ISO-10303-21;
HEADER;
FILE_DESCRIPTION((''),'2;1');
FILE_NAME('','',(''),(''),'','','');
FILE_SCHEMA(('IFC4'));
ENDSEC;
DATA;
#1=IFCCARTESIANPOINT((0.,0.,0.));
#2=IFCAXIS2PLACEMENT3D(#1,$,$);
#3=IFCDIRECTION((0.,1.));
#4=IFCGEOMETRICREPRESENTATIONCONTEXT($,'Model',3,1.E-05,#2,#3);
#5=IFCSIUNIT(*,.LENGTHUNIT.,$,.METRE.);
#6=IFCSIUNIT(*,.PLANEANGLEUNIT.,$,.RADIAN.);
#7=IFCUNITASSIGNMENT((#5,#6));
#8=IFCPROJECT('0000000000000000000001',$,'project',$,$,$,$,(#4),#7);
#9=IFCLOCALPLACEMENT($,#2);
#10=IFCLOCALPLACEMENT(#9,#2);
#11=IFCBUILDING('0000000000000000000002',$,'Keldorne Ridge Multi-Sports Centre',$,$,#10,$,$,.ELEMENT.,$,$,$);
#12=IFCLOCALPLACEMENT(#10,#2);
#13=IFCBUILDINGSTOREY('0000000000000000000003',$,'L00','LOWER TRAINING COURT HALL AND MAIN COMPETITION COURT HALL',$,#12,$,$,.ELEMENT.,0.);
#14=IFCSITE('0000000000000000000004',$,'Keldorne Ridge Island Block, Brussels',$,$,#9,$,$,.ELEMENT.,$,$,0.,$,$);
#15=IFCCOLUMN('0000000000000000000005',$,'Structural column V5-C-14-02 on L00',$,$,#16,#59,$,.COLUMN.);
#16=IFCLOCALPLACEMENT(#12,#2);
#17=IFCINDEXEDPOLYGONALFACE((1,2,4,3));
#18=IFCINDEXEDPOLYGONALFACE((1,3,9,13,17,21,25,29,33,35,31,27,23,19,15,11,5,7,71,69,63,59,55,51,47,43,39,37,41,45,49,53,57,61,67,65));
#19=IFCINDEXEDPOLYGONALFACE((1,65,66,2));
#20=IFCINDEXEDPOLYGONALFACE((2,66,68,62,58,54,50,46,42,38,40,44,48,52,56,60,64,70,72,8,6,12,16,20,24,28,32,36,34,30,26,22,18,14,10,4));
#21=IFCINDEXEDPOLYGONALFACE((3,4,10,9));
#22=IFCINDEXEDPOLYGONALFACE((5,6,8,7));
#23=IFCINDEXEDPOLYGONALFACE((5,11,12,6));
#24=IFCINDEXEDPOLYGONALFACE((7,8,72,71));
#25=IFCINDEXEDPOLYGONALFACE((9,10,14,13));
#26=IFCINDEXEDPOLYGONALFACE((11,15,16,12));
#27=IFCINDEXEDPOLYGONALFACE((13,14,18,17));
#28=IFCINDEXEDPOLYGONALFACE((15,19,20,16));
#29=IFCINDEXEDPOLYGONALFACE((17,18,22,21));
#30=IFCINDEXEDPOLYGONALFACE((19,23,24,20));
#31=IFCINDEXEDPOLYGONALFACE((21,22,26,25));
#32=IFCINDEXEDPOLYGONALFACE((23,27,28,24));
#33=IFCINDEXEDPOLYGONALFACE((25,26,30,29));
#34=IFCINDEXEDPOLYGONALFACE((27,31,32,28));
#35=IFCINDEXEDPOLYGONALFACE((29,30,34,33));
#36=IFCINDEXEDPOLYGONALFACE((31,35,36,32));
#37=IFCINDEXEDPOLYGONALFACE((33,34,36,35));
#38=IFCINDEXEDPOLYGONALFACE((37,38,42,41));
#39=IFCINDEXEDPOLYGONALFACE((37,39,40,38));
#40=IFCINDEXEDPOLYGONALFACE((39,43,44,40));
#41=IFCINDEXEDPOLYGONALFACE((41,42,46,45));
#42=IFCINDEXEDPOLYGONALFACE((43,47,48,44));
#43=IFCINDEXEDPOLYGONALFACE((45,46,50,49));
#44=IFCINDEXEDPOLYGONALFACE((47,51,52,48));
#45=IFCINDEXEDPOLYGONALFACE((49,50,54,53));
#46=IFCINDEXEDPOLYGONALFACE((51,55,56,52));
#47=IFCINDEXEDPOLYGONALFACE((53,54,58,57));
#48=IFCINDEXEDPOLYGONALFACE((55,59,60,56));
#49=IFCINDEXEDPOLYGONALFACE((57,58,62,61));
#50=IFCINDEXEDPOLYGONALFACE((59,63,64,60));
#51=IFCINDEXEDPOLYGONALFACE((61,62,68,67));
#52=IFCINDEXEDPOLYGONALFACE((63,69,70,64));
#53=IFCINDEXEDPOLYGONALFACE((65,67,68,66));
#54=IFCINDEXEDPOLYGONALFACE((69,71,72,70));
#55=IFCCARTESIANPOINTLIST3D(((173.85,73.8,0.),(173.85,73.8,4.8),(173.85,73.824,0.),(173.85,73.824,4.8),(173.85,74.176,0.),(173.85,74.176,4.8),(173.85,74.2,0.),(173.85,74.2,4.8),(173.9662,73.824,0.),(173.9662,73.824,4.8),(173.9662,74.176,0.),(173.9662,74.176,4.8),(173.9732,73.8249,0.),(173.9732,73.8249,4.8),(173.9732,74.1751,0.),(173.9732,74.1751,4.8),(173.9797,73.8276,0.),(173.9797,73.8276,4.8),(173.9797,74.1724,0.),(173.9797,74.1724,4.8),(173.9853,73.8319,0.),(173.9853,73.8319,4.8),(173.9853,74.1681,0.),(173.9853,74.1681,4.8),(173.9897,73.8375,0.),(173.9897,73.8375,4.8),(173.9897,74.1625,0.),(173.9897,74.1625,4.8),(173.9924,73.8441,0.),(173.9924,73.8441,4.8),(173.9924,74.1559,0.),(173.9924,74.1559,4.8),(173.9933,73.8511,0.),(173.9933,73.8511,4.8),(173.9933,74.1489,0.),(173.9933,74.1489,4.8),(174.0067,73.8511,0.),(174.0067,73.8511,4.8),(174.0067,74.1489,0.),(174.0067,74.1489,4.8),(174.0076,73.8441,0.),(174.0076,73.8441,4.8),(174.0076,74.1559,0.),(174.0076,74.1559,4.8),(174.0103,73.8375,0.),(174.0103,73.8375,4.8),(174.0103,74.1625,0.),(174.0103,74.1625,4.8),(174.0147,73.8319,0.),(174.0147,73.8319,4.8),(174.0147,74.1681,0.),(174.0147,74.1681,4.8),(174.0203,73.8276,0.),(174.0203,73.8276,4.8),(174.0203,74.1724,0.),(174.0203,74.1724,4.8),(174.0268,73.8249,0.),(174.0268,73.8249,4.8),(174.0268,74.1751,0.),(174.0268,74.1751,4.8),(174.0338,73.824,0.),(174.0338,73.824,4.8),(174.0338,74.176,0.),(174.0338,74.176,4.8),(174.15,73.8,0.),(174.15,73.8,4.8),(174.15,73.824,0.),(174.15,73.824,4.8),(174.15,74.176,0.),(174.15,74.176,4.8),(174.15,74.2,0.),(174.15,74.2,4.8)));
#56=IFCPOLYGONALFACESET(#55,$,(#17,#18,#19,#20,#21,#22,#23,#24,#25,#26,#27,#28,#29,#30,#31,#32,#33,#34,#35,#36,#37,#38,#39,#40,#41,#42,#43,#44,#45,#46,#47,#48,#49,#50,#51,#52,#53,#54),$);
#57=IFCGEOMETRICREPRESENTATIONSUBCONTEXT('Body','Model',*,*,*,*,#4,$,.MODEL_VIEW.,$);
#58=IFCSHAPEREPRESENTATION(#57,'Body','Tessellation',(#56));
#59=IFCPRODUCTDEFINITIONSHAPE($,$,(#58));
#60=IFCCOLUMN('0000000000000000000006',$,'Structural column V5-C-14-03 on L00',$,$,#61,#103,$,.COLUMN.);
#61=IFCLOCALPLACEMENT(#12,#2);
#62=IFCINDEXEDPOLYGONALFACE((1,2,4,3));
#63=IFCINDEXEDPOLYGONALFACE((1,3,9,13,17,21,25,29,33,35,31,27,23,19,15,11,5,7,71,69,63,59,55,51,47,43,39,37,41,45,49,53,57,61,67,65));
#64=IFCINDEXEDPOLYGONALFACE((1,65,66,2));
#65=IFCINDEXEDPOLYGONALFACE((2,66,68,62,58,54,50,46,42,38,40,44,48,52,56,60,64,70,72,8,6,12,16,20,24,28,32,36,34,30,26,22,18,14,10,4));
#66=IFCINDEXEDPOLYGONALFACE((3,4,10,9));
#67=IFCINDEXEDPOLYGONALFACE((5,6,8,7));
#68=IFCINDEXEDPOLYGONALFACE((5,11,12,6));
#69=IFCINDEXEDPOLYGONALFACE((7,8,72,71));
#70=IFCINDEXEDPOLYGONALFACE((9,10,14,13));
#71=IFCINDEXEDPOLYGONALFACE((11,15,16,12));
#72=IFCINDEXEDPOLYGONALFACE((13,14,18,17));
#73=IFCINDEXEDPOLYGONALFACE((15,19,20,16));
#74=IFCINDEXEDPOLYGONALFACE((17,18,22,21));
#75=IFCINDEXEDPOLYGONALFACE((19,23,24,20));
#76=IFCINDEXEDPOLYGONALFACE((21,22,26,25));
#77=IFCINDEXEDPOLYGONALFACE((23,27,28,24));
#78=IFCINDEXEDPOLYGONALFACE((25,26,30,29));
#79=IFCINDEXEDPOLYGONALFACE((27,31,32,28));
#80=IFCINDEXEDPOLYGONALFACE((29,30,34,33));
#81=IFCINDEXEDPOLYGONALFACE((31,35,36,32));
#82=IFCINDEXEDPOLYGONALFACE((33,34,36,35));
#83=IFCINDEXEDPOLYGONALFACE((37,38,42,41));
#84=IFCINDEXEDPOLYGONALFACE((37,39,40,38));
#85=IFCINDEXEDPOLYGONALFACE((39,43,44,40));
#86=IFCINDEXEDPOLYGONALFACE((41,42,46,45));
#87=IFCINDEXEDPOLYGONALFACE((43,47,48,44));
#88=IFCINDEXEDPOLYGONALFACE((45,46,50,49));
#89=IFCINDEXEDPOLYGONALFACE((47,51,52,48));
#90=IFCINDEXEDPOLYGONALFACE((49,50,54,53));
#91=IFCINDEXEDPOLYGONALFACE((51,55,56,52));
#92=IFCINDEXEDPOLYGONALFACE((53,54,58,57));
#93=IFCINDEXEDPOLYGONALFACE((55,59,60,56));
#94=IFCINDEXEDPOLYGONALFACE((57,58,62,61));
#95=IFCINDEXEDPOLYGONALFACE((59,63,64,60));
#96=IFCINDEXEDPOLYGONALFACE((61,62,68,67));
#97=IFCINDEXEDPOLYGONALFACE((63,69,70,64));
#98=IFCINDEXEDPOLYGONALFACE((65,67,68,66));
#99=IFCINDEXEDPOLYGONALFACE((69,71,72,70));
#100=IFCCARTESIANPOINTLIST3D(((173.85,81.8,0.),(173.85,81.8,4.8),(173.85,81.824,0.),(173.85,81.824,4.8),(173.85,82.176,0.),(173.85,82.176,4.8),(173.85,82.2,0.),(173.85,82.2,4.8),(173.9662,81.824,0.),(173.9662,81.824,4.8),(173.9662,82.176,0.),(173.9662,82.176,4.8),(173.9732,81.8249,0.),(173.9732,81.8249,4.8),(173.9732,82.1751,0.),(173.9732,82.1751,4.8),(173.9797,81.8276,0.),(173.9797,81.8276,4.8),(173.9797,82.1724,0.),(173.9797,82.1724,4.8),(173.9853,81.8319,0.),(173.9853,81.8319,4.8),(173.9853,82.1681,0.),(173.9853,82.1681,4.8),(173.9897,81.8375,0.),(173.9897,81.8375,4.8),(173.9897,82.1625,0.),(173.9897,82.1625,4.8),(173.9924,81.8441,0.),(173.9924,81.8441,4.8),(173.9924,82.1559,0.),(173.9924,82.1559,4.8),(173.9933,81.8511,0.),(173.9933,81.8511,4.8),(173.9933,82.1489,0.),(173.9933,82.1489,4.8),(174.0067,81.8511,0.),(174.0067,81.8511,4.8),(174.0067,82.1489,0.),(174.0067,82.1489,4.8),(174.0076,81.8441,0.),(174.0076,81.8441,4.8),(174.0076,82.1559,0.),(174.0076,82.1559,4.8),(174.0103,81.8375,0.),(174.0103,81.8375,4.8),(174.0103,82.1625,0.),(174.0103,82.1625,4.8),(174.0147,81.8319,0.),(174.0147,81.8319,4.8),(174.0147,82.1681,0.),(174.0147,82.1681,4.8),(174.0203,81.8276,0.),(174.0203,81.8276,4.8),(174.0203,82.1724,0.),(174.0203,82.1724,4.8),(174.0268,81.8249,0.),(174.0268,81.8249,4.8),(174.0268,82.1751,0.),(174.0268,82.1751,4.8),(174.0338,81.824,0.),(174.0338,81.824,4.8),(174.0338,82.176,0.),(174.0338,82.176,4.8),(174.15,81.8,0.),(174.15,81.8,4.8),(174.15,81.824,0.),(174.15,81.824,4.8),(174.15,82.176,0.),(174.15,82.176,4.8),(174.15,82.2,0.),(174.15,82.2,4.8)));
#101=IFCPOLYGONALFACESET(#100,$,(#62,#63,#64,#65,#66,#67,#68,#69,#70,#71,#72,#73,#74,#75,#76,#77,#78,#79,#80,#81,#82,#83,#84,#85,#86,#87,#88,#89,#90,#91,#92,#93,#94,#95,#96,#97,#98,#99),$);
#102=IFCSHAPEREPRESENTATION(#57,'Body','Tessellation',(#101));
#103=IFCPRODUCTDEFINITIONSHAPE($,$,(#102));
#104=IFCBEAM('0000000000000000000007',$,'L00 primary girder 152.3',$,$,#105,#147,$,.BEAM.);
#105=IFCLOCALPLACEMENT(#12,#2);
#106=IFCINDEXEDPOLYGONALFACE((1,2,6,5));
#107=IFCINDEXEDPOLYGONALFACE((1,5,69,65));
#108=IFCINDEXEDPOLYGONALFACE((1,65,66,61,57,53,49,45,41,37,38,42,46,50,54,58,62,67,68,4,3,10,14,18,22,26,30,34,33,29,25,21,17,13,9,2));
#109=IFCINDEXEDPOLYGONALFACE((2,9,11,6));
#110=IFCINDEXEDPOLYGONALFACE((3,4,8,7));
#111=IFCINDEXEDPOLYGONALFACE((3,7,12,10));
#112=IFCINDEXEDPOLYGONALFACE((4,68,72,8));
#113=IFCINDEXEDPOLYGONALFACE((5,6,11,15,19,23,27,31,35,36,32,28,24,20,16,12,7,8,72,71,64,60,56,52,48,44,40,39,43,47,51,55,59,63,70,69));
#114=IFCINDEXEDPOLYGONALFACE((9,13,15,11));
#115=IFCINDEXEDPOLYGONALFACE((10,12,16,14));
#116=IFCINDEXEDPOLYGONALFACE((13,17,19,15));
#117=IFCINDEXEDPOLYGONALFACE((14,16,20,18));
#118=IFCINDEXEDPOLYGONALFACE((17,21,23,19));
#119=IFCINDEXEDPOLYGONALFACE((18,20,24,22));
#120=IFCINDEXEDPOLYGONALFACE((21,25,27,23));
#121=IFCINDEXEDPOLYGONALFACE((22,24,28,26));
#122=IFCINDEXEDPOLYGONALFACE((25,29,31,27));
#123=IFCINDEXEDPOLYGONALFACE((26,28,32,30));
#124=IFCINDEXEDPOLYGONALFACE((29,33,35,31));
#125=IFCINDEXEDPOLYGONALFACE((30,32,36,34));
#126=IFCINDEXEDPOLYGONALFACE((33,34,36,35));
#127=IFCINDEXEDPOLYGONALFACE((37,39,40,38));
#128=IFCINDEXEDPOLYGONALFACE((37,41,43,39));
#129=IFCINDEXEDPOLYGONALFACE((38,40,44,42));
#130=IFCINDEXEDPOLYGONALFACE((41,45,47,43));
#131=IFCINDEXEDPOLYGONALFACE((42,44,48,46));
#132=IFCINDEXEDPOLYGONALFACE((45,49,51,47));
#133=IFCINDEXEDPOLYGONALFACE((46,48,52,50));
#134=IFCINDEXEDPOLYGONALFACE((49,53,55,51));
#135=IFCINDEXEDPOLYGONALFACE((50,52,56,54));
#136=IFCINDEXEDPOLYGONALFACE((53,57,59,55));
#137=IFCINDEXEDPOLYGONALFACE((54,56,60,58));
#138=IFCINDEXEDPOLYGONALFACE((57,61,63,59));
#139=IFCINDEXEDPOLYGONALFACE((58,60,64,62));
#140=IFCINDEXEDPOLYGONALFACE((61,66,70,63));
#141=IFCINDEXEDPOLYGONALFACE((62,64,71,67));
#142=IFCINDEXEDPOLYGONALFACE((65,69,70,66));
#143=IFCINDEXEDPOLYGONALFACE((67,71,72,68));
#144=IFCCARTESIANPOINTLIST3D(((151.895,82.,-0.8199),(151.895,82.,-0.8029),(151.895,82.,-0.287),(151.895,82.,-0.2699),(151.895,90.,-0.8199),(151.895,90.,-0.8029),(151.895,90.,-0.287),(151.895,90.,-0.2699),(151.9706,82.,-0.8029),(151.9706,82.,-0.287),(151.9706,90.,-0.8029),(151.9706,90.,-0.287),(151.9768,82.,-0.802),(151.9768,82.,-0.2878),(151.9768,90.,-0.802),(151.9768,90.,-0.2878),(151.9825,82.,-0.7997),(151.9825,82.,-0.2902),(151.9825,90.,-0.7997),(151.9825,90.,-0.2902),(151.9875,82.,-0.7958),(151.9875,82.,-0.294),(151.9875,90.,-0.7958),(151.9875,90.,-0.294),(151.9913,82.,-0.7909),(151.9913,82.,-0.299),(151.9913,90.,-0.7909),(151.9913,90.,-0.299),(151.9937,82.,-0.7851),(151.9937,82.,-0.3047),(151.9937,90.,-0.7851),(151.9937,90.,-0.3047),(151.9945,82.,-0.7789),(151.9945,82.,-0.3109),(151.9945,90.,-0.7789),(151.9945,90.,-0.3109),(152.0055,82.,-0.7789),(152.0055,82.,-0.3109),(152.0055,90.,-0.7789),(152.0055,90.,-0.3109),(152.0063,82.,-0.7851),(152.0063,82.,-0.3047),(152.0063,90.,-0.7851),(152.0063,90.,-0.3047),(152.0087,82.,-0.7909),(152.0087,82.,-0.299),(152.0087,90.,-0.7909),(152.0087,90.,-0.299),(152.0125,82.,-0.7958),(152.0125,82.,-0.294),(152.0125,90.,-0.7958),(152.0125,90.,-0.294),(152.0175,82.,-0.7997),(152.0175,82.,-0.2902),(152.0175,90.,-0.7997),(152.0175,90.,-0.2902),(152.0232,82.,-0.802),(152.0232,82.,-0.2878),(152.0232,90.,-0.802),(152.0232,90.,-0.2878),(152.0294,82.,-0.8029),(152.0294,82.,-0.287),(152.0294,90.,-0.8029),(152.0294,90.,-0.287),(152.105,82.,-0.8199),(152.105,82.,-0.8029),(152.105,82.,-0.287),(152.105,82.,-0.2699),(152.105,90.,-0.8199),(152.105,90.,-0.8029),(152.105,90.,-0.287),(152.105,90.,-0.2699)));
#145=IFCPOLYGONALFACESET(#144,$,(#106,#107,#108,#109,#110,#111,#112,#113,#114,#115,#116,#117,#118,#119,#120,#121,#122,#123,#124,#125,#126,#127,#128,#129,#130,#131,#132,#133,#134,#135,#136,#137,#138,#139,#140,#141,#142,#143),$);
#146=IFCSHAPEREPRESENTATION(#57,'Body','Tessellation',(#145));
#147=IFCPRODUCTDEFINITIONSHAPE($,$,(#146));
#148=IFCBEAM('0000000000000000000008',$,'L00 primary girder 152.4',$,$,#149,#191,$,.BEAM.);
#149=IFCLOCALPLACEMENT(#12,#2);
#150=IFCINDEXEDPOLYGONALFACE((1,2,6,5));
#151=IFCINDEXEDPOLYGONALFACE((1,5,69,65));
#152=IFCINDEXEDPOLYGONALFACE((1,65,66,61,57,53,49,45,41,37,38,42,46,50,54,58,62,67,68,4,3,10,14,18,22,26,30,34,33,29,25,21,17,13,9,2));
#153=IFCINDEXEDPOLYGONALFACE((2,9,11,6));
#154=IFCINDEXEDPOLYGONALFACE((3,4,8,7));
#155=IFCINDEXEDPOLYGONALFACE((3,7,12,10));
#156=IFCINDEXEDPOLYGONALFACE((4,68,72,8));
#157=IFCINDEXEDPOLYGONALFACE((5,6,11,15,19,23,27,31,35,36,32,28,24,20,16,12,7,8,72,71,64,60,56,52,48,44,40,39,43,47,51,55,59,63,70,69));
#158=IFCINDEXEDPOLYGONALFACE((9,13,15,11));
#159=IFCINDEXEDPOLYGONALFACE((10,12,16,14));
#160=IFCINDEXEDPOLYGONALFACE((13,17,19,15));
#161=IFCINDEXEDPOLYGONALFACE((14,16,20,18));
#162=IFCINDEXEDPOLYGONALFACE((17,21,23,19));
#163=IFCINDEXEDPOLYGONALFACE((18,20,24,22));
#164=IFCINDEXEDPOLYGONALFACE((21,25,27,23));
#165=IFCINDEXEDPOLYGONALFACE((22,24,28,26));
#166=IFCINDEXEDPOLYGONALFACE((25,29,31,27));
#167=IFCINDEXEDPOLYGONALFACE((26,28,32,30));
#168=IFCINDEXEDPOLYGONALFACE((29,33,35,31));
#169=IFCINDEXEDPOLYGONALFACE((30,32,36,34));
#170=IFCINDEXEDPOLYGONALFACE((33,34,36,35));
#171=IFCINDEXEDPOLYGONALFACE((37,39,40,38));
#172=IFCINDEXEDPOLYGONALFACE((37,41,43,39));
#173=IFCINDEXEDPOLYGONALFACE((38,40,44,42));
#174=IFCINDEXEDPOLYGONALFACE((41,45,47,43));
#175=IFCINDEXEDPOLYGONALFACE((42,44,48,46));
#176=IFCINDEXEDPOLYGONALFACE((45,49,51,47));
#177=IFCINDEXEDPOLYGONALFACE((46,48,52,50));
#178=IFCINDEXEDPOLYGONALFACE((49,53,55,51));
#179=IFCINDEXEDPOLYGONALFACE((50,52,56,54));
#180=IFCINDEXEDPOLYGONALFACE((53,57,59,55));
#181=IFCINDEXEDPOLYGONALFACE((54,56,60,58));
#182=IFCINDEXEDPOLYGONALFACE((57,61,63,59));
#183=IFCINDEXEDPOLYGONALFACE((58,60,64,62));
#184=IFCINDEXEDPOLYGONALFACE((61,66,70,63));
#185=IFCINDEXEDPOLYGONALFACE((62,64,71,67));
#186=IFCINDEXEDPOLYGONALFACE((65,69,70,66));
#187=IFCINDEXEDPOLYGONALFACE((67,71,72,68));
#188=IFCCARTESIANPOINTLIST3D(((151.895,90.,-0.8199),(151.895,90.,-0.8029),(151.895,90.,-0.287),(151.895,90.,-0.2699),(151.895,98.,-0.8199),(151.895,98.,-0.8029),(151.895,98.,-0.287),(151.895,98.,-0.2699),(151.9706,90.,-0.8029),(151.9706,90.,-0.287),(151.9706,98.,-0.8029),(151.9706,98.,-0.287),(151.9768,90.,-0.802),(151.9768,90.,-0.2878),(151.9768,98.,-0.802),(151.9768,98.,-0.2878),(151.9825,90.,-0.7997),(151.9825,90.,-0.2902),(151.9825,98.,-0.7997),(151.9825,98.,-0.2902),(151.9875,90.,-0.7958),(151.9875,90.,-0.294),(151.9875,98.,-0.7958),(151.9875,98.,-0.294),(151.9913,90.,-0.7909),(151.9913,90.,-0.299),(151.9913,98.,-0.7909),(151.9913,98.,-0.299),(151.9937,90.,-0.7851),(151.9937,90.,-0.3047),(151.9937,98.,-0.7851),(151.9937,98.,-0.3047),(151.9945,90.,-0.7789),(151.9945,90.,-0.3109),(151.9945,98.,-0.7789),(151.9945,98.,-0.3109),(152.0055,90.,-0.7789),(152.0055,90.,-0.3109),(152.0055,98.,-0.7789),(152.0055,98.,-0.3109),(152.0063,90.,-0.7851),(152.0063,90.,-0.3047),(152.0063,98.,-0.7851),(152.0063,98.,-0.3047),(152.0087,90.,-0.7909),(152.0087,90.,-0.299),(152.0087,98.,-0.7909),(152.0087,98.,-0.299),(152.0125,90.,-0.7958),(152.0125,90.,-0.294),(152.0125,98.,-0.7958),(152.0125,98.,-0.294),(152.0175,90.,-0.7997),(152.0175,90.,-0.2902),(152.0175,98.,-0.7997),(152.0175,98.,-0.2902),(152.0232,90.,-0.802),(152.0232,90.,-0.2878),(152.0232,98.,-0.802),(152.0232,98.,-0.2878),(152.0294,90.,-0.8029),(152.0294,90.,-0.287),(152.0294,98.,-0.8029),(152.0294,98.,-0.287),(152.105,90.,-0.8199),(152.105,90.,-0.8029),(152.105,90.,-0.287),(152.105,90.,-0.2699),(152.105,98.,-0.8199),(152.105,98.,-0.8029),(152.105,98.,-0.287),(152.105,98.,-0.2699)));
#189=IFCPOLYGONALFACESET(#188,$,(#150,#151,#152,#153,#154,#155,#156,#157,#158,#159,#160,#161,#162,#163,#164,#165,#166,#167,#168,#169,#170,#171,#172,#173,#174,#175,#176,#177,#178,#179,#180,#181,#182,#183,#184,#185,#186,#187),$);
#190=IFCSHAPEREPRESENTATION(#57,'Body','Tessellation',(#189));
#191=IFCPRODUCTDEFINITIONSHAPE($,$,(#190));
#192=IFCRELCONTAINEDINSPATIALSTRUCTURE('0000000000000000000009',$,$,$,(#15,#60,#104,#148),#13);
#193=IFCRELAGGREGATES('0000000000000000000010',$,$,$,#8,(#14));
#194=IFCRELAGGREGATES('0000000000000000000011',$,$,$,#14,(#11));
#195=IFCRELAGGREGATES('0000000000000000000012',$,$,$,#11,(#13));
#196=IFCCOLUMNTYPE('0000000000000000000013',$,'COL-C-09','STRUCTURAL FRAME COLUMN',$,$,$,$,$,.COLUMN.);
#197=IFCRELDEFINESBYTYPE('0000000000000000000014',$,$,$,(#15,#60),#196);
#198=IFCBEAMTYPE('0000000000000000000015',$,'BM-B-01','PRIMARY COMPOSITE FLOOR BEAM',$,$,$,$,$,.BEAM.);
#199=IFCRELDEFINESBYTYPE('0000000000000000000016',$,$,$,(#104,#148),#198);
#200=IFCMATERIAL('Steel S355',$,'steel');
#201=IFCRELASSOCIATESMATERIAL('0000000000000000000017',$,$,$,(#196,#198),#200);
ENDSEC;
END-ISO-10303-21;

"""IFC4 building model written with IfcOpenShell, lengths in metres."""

from ifc_helpers import new_model, si_unit, direction, frame, origin, origin_2d, place, context, subcontext, project, spatial, i_section, extrude, material, material_profile, profile_set, type_object, element, save


model = new_model("IFC4")

# Units and contexts
model_context = context("Model", 3, precision=1e-05, world=origin(), true_north=direction((0.0, 1.0)))
body_context = subcontext(model_context, "Body", "Model", "MODEL_VIEW")
ifc_project = project(units=[si_unit("LENGTHUNIT", "METRE"), si_unit("PLANEANGLEUNIT", "RADIAN")], contexts=[model_context])

# Site, building, storey
site_placement = place(None, origin())
site = spatial("IfcSite", under=ifc_project, at=site_placement, Name="Keldorne Ridge Island Block, Brussels", CompositionType="ELEMENT", RefElevation=0.0)
building_placement = place(site_placement, origin())
building = spatial("IfcBuilding", under=site, at=building_placement, Name="Keldorne Ridge Multi-Sports Centre", CompositionType="ELEMENT")
storey_placement = place(building_placement, origin())
storey = spatial("IfcBuildingStorey", under=building, at=storey_placement, Name="L00", Description="LOWER TRAINING COURT HALL AND MAIN COMPETITION COURT HALL", CompositionType="ELEMENT", Elevation=0.0)

# Columns
ifc_material_1 = material(Name="Steel S355", Category="steel")
ifc_material_profile_1 = material_profile(ifc_material_1, i_section(OverallWidth=0.3, OverallDepth=0.3999, WebThickness=0.0134, FlangeThickness=0.0239, FilletRadius=0.0271, at=origin_2d()), Name="HEB 400")
ifc_profile_set_1 = profile_set([ifc_material_profile_1], Name="Steel S355")
column_type = type_object("IfcColumnType", Name="COL-C-09", Description="STRUCTURAL FRAME COLUMN", PredefinedType="COLUMN", material=ifc_profile_set_1)
for number, where, z_axis, x_axis, name in (
    (1, (174.0, 74.0, 0.0), (0.0, 0.0, 1.0), (1.0, 0.0, 0.0), "Structural column V5-C-14-02 on L00"),
    (2, (174.0, 82.0, 0.0), (0.0, 0.0, 1.0), (1.0, 0.0, 0.0), "Structural column V5-C-14-03 on L00"),
):
    element("IfcColumn", number, at=place(storey_placement, frame(where, z_axis=z_axis, x_axis=x_axis)), inside=storey, type_object=column_type, Name=name, PredefinedType="COLUMN", context=body_context, shape_type="SweptSolid", body=[
        extrude(i_section(OverallWidth=0.3, OverallDepth=0.3999, WebThickness=0.0134, FlangeThickness=0.0239, FilletRadius=0.0271, at=origin_2d()), origin(), (0.0, 0.0, 1.0), 4.8),
    ])

# Beams
ifc_material_profile_2 = material_profile(ifc_material_1, i_section(OverallWidth=0.21, OverallDepth=0.55, WebThickness=0.011, FlangeThickness=0.0171, FilletRadius=0.0239, at=origin_2d()), Name="IPE 550")
ifc_profile_set_2 = profile_set([ifc_material_profile_2], Name="Steel S355")
beam_type_1 = type_object("IfcBeamType", Name="BM-B-01", Description="PRIMARY COMPOSITE FLOOR BEAM", PredefinedType="BEAM", material=ifc_profile_set_2)
for number, where, z_axis, x_axis, name in (
    (3, (152.0, 82.0, -0.5449), (0.0, 1.0, 0.0), (-1.0, 0.0, 0.0), "L00 primary girder 152.3"),
    (4, (152.0, 90.0, -0.5449), (0.0, 1.0, 0.0), (-1.0, 0.0, 0.0), "L00 primary girder 152.4"),
):
    element("IfcBeam", number, at=place(storey_placement, frame(where, z_axis=z_axis, x_axis=x_axis)), inside=storey, type_object=beam_type_1, Name=name, PredefinedType="BEAM", context=body_context, shape_type="SweptSolid", body=[
        extrude(i_section(OverallWidth=0.21, OverallDepth=0.55, WebThickness=0.011, FlangeThickness=0.0171, FilletRadius=0.0239, at=origin_2d()), origin(), (0.0, 0.0, 1.0), 8.0),
    ])

save(model, "model.ifc")
